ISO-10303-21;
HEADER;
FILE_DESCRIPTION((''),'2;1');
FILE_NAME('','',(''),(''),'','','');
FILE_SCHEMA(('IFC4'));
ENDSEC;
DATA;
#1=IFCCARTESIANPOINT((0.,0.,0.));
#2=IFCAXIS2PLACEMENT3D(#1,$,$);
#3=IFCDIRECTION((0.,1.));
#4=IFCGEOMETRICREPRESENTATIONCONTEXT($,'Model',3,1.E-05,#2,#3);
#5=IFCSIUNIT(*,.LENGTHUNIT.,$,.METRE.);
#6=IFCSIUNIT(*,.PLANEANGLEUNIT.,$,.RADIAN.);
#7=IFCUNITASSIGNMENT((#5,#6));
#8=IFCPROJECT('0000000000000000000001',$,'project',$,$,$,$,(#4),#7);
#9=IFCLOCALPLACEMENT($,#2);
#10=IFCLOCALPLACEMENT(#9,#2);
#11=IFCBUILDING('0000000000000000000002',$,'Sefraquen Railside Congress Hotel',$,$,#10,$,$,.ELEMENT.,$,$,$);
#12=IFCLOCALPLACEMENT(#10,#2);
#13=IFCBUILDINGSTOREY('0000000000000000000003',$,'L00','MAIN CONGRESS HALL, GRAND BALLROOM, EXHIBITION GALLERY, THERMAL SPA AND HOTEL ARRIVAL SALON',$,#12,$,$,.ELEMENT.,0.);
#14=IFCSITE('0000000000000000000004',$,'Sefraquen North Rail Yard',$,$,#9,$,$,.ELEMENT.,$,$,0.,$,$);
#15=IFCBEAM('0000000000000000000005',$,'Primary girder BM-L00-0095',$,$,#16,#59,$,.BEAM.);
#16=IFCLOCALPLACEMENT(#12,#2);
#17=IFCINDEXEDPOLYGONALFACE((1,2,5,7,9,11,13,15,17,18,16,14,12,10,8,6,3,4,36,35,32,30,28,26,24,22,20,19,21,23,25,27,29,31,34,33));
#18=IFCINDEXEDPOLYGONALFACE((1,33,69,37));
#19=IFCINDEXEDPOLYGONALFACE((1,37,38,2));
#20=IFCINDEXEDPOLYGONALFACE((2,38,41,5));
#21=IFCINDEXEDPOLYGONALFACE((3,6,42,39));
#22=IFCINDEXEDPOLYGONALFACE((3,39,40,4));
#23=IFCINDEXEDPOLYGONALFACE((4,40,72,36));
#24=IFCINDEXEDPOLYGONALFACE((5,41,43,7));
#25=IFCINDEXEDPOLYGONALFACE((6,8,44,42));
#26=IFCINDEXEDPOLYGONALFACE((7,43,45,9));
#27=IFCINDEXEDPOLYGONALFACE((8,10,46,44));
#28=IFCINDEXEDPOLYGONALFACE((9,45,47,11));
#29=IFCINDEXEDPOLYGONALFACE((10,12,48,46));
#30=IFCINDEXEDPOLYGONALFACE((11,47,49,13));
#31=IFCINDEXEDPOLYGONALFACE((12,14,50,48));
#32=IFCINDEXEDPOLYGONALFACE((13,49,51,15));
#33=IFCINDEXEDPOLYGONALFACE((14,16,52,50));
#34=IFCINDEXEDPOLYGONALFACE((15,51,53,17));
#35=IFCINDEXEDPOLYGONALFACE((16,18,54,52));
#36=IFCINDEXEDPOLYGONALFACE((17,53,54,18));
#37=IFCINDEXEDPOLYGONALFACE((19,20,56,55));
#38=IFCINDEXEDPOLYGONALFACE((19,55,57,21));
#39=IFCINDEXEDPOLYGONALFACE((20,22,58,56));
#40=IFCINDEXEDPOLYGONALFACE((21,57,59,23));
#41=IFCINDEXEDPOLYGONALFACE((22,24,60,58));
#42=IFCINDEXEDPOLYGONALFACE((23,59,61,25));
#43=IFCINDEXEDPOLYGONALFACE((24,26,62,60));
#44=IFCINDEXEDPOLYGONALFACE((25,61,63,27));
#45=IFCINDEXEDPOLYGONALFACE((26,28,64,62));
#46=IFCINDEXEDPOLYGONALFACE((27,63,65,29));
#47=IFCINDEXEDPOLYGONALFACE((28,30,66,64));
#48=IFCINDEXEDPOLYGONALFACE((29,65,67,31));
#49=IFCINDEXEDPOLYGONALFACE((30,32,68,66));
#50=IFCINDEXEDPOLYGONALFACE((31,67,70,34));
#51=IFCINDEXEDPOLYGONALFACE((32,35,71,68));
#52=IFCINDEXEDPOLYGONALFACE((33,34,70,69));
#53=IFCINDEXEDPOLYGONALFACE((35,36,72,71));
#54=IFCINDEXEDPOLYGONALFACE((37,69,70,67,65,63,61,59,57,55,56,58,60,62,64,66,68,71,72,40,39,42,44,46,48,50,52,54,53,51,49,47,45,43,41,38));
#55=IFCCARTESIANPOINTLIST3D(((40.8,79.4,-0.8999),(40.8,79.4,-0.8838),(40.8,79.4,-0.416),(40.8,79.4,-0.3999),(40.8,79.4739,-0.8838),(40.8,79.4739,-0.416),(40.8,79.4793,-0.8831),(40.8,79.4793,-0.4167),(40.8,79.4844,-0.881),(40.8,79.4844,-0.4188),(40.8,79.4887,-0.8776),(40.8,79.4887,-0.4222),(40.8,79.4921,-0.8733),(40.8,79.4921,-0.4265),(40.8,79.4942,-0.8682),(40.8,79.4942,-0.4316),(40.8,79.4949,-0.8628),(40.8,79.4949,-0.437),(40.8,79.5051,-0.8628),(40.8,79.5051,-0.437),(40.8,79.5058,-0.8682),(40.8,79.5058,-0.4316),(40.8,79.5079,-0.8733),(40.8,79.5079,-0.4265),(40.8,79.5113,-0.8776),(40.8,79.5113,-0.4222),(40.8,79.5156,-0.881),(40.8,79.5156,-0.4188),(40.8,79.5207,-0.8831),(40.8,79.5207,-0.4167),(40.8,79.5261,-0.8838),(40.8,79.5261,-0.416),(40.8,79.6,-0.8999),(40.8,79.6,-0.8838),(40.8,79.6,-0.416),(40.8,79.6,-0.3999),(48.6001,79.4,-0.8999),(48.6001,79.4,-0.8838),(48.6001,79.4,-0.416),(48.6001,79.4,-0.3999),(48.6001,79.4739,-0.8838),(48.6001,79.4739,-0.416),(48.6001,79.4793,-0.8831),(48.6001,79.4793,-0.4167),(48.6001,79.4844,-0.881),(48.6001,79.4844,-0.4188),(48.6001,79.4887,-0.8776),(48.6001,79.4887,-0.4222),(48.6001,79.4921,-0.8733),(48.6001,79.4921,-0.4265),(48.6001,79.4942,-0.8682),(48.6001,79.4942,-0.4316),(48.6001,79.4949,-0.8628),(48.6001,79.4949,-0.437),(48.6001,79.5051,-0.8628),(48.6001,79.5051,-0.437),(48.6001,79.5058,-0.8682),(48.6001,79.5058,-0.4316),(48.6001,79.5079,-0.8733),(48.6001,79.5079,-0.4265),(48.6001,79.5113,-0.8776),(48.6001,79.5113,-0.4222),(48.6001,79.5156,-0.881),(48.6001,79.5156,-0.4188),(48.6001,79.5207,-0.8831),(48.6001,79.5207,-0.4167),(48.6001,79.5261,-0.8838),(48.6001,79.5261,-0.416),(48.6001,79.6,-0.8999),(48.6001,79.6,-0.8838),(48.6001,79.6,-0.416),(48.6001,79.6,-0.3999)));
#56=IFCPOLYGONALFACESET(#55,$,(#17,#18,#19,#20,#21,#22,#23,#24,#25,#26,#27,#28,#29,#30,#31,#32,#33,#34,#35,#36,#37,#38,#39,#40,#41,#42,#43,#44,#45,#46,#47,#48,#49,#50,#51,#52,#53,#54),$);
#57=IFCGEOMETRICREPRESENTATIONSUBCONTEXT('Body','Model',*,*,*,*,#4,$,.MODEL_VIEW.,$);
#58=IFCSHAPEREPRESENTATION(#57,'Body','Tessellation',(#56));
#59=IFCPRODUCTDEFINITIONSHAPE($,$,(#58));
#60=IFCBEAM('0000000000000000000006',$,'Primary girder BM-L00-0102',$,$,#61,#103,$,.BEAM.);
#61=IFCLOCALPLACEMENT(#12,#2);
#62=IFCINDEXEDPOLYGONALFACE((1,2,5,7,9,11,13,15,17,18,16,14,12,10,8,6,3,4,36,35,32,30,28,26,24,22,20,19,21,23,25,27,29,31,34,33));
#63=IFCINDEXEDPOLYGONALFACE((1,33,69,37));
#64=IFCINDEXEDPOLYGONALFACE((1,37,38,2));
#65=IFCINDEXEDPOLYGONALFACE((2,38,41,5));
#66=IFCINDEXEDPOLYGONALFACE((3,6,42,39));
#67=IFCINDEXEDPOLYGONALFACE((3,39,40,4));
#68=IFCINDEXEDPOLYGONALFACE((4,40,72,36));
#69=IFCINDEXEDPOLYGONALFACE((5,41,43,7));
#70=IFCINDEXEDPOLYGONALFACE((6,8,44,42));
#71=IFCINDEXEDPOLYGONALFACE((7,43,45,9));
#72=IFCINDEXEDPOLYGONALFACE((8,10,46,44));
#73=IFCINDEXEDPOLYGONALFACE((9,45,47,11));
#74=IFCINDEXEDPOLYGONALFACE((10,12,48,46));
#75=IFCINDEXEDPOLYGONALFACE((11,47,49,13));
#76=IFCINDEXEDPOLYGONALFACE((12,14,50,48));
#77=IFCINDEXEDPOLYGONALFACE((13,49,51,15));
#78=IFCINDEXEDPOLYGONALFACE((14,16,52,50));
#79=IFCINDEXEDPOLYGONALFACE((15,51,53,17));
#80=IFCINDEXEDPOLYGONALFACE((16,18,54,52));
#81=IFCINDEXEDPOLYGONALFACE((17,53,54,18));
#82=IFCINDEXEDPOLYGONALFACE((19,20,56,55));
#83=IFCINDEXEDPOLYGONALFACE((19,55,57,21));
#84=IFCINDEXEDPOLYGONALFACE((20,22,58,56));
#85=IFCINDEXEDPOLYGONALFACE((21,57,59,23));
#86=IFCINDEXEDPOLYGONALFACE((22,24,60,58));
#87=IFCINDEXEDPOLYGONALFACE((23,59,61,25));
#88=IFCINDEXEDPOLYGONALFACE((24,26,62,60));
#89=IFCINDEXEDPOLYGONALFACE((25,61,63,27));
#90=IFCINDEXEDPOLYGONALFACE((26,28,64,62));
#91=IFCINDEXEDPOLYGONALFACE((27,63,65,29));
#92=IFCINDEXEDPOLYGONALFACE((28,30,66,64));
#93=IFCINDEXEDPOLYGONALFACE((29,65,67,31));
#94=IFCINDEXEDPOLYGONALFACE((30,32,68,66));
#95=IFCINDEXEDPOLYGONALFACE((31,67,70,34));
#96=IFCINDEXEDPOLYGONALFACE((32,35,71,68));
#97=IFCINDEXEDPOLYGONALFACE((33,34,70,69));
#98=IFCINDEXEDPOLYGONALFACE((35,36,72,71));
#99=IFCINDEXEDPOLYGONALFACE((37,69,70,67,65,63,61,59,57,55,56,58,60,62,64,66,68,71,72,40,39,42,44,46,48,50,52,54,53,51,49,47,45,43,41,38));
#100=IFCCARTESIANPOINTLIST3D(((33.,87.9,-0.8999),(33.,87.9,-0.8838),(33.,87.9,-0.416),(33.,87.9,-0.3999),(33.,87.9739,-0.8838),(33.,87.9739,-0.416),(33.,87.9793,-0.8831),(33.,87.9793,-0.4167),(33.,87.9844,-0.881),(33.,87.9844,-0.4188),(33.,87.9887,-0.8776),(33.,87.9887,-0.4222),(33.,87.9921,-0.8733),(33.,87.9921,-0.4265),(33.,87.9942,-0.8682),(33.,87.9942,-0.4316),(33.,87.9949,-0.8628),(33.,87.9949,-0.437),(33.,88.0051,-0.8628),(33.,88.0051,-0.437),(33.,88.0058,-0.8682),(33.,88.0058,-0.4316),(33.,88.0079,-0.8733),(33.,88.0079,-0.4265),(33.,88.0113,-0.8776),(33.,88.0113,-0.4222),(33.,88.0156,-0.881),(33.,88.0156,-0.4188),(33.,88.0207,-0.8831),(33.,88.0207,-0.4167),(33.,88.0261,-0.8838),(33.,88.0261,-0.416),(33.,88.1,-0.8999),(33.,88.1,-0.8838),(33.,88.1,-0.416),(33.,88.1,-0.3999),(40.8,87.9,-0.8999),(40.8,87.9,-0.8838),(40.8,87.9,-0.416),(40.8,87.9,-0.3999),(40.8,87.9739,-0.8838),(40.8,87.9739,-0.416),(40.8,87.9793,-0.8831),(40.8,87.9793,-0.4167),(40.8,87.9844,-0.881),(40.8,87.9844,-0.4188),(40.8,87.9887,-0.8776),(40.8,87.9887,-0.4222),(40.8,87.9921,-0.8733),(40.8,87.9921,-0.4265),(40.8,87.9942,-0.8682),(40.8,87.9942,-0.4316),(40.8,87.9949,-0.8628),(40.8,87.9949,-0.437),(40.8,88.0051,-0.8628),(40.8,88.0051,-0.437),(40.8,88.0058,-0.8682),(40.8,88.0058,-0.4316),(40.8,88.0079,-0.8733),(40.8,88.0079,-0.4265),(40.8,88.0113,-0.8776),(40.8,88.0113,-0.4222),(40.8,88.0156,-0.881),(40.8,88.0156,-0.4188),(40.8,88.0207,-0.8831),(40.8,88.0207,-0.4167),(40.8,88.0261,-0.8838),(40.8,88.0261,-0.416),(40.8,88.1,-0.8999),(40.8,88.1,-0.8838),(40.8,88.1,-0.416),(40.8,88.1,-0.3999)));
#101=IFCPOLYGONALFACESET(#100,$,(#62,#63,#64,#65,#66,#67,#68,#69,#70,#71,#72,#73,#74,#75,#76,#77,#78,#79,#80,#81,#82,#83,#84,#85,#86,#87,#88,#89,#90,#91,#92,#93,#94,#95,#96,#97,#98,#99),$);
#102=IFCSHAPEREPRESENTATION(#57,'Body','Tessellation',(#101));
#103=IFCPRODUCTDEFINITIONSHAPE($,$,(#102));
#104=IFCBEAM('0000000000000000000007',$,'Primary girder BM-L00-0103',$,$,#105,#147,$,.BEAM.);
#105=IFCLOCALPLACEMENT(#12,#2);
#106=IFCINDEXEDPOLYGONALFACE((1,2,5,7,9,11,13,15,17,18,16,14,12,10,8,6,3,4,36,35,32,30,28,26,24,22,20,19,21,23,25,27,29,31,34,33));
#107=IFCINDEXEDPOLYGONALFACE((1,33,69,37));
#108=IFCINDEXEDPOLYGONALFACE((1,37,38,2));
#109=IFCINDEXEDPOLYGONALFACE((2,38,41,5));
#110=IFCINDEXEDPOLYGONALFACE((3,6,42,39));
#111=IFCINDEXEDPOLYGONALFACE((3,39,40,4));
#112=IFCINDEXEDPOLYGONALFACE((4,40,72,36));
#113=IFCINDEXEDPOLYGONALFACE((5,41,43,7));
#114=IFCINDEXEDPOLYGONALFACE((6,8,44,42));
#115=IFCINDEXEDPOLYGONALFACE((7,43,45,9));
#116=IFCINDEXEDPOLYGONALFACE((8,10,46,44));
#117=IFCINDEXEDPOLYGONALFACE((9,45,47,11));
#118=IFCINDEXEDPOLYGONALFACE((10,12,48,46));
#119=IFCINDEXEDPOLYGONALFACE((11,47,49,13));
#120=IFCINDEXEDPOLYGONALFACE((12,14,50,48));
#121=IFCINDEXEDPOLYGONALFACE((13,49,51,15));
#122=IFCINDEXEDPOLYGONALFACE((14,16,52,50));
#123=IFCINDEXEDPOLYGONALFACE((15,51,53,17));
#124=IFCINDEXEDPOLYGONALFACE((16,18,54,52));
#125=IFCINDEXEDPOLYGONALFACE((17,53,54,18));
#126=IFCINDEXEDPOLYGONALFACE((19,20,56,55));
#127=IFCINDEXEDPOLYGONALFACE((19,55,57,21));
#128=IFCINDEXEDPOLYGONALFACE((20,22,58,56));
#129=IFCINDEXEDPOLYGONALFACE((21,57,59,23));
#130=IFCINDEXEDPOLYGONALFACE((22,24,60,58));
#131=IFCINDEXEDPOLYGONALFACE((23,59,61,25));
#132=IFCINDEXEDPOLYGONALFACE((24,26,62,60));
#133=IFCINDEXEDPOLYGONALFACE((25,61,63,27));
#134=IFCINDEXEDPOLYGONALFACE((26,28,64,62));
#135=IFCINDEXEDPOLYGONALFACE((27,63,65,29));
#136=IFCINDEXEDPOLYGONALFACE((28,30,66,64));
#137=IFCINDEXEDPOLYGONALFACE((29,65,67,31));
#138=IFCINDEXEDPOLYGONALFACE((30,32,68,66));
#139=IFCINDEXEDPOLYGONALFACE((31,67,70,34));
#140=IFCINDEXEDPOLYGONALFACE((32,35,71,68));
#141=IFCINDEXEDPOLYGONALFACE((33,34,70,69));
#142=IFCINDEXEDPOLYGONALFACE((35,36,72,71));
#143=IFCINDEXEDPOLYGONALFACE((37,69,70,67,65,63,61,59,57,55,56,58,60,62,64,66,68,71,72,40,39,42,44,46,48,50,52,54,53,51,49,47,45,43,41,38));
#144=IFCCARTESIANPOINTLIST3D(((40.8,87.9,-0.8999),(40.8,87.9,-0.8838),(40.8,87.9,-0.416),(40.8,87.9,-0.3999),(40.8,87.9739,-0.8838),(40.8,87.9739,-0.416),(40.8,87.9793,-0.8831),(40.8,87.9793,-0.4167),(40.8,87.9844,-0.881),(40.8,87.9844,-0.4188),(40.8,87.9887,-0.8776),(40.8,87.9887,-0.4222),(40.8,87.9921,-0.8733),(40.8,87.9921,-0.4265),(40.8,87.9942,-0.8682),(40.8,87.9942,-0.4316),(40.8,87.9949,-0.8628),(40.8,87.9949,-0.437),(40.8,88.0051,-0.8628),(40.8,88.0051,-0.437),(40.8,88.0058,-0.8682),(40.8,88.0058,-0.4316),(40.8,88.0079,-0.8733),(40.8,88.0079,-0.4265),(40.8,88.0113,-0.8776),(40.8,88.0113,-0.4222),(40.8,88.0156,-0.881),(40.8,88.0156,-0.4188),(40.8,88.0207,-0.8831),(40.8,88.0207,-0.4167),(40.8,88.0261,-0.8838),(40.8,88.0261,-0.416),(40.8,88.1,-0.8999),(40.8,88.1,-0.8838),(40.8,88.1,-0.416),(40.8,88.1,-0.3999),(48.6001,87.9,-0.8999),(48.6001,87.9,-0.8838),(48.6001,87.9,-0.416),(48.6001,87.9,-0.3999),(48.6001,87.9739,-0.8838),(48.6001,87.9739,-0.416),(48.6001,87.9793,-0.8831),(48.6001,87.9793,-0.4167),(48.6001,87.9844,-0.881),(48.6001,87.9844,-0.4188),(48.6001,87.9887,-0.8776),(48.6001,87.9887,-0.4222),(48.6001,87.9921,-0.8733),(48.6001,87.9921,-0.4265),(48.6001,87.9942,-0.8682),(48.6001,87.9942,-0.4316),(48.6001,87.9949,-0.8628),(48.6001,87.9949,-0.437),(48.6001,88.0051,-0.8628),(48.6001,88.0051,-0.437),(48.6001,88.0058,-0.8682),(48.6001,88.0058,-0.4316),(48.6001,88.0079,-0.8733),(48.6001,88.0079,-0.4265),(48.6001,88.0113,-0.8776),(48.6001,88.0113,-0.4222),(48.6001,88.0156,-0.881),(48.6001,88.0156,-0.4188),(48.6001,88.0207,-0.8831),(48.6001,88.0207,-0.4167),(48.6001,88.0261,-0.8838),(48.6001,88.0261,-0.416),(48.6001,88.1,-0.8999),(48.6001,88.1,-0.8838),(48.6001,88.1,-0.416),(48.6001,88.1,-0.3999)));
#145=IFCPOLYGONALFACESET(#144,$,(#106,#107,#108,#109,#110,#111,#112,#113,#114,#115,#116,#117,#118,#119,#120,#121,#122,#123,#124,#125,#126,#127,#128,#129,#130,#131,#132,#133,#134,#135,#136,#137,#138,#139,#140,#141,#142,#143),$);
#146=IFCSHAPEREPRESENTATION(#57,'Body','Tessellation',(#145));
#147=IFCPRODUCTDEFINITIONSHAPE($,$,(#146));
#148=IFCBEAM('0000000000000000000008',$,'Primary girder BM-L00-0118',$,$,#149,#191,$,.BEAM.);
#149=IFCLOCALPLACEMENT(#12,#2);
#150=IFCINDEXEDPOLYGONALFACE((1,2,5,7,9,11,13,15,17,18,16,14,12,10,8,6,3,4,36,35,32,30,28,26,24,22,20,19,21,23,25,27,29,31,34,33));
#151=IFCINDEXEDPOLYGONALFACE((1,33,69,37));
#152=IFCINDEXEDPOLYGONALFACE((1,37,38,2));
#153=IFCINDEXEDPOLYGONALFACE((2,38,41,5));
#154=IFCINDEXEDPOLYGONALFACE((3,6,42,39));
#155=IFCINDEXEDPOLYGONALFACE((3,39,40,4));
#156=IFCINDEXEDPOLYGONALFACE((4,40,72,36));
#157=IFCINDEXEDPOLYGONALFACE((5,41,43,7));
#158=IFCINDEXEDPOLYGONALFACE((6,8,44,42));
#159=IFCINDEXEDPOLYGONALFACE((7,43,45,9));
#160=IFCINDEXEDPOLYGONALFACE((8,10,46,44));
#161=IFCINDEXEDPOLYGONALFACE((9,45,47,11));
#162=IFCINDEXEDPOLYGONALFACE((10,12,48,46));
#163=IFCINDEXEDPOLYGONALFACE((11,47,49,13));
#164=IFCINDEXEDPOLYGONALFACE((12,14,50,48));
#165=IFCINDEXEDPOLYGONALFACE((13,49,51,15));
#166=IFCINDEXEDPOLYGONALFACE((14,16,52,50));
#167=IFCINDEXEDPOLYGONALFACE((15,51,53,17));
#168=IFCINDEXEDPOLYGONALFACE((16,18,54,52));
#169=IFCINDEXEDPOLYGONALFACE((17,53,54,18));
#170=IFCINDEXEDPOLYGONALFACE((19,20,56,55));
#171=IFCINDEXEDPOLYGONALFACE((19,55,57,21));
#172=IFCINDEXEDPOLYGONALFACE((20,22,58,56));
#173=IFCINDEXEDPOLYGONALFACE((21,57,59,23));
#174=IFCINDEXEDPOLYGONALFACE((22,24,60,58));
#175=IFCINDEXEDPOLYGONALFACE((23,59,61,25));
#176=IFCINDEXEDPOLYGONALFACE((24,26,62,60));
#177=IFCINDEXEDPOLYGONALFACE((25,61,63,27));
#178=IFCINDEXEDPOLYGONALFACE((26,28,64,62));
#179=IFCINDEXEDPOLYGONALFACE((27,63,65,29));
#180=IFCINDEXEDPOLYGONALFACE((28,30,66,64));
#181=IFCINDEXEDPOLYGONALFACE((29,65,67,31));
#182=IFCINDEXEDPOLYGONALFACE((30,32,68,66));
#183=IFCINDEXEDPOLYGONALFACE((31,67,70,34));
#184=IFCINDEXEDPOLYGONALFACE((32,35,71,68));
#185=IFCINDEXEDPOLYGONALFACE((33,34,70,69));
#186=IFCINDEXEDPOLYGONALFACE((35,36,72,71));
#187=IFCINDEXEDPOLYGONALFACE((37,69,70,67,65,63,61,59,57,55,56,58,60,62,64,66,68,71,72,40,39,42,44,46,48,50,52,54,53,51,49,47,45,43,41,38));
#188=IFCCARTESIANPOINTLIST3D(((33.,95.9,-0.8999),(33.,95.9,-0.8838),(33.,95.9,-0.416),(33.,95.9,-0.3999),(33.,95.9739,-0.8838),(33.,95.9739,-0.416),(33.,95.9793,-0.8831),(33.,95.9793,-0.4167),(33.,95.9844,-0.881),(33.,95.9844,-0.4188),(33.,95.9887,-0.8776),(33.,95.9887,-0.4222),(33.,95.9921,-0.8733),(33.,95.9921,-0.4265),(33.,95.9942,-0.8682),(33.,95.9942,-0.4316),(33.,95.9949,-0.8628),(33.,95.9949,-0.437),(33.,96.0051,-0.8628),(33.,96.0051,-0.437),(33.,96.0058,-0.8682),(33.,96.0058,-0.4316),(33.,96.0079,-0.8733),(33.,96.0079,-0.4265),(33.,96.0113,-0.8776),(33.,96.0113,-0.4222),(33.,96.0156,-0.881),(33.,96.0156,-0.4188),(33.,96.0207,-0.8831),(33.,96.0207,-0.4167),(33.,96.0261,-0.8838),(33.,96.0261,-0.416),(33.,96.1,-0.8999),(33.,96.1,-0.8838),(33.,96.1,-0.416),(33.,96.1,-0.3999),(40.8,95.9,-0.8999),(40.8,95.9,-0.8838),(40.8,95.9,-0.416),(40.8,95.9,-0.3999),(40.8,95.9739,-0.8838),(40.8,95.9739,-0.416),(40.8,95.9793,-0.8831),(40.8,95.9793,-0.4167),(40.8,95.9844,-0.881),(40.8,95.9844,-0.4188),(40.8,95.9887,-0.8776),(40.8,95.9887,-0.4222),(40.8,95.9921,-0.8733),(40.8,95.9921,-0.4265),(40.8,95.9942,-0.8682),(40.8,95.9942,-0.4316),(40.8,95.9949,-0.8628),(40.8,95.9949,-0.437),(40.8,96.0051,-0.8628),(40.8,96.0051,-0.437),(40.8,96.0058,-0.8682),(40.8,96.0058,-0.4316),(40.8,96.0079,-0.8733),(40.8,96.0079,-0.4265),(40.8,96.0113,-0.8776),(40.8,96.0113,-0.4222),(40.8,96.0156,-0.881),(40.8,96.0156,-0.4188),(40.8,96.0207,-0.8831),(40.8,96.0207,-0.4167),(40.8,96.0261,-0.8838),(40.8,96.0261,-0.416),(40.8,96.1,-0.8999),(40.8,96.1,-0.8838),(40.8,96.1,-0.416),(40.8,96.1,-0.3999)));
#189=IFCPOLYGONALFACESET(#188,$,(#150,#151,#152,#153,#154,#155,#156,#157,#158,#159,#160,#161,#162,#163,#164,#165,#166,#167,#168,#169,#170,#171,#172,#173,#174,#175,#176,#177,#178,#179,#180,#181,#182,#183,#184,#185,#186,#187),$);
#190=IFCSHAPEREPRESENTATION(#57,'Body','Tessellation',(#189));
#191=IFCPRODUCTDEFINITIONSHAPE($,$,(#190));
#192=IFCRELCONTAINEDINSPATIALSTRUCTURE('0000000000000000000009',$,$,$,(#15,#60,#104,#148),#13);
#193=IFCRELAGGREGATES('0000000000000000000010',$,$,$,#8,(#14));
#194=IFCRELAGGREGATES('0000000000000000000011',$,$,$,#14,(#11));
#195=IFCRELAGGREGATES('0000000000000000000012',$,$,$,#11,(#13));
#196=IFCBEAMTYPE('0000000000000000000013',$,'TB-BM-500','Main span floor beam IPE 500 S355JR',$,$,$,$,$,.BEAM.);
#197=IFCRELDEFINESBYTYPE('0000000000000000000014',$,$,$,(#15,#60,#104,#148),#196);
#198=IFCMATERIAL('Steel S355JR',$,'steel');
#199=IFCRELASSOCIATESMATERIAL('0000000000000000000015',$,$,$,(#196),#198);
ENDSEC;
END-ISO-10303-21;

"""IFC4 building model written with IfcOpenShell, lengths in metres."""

from ifc_helpers import new_model, si_unit, direction, frame, origin, origin_2d, place, context, subcontext, project, spatial, i_section, extrude, material, material_profile, profile_set, type_object, element, save


model = new_model("IFC4")

# Units and contexts
model_context = context("Model", 3, precision=1e-05, world=origin(), true_north=direction((0.0, 1.0)))
body_context = subcontext(model_context, "Body", "Model", "MODEL_VIEW")
ifc_project = project(units=[si_unit("LENGTHUNIT", "METRE"), si_unit("PLANEANGLEUNIT", "RADIAN")], contexts=[model_context])

# Site, building, storey
site_placement = place(None, origin())
site = spatial("IfcSite", under=ifc_project, at=site_placement, Name="Sefraquen North Rail Yard", CompositionType="ELEMENT", RefElevation=0.0)
building_placement = place(site_placement, origin())
building = spatial("IfcBuilding", under=site, at=building_placement, Name="Sefraquen Railside Congress Hotel", CompositionType="ELEMENT")
storey_placement = place(building_placement, origin())
storey = spatial("IfcBuildingStorey", under=building, at=storey_placement, Name="L00", Description="MAIN CONGRESS HALL, GRAND BALLROOM, EXHIBITION GALLERY, THERMAL SPA AND HOTEL ARRIVAL SALON", CompositionType="ELEMENT", Elevation=0.0)

# Shared definitions
ifc_material_1 = material(Name="Steel S355JR", Category="steel")

# Beams
ifc_material_profile_1 = material_profile(ifc_material_1, i_section(OverallWidth=0.2, OverallDepth=0.5, WebThickness=0.0103, FlangeThickness=0.0161, FilletRadius=0.021, at=origin_2d()), Name="IPE 500")
ifc_profile_set_1 = profile_set([ifc_material_profile_1], Name="Steel S355JR")
beam_type_1 = type_object("IfcBeamType", Name="TB-BM-500", Description="Main span floor beam IPE 500 S355JR", PredefinedType="BEAM", material=ifc_profile_set_1)
for number, where, z_axis, x_axis, name in (
    (1, (40.8, 79.5, -0.6499), (1.0, 0.0, 0.0), (0.0, 1.0, 0.0), "Primary girder BM-L00-0095"),
    (2, (33.0, 88.0, -0.6499), (1.0, 0.0, 0.0), (0.0, 1.0, 0.0), "Primary girder BM-L00-0102"),
    (3, (40.8, 88.0, -0.6499), (1.0, 0.0, 0.0), (0.0, 1.0, 0.0), "Primary girder BM-L00-0103"),
    (4, (33.0, 96.0, -0.6499), (1.0, 0.0, 0.0), (0.0, 1.0, 0.0), "Primary girder BM-L00-0118"),
):
    element("IfcBeam", number, at=place(storey_placement, frame(where, z_axis=z_axis, x_axis=x_axis)), inside=storey, type_object=beam_type_1, Name=name, PredefinedType="BEAM", context=body_context, shape_type="SweptSolid", body=[
        extrude(i_section(OverallWidth=0.2, OverallDepth=0.5, WebThickness=0.0103, FlangeThickness=0.0161, FilletRadius=0.021, at=origin_2d()), origin(), (0.0, 0.0, 1.0), 7.8),
    ])

save(model, "model.ifc")
